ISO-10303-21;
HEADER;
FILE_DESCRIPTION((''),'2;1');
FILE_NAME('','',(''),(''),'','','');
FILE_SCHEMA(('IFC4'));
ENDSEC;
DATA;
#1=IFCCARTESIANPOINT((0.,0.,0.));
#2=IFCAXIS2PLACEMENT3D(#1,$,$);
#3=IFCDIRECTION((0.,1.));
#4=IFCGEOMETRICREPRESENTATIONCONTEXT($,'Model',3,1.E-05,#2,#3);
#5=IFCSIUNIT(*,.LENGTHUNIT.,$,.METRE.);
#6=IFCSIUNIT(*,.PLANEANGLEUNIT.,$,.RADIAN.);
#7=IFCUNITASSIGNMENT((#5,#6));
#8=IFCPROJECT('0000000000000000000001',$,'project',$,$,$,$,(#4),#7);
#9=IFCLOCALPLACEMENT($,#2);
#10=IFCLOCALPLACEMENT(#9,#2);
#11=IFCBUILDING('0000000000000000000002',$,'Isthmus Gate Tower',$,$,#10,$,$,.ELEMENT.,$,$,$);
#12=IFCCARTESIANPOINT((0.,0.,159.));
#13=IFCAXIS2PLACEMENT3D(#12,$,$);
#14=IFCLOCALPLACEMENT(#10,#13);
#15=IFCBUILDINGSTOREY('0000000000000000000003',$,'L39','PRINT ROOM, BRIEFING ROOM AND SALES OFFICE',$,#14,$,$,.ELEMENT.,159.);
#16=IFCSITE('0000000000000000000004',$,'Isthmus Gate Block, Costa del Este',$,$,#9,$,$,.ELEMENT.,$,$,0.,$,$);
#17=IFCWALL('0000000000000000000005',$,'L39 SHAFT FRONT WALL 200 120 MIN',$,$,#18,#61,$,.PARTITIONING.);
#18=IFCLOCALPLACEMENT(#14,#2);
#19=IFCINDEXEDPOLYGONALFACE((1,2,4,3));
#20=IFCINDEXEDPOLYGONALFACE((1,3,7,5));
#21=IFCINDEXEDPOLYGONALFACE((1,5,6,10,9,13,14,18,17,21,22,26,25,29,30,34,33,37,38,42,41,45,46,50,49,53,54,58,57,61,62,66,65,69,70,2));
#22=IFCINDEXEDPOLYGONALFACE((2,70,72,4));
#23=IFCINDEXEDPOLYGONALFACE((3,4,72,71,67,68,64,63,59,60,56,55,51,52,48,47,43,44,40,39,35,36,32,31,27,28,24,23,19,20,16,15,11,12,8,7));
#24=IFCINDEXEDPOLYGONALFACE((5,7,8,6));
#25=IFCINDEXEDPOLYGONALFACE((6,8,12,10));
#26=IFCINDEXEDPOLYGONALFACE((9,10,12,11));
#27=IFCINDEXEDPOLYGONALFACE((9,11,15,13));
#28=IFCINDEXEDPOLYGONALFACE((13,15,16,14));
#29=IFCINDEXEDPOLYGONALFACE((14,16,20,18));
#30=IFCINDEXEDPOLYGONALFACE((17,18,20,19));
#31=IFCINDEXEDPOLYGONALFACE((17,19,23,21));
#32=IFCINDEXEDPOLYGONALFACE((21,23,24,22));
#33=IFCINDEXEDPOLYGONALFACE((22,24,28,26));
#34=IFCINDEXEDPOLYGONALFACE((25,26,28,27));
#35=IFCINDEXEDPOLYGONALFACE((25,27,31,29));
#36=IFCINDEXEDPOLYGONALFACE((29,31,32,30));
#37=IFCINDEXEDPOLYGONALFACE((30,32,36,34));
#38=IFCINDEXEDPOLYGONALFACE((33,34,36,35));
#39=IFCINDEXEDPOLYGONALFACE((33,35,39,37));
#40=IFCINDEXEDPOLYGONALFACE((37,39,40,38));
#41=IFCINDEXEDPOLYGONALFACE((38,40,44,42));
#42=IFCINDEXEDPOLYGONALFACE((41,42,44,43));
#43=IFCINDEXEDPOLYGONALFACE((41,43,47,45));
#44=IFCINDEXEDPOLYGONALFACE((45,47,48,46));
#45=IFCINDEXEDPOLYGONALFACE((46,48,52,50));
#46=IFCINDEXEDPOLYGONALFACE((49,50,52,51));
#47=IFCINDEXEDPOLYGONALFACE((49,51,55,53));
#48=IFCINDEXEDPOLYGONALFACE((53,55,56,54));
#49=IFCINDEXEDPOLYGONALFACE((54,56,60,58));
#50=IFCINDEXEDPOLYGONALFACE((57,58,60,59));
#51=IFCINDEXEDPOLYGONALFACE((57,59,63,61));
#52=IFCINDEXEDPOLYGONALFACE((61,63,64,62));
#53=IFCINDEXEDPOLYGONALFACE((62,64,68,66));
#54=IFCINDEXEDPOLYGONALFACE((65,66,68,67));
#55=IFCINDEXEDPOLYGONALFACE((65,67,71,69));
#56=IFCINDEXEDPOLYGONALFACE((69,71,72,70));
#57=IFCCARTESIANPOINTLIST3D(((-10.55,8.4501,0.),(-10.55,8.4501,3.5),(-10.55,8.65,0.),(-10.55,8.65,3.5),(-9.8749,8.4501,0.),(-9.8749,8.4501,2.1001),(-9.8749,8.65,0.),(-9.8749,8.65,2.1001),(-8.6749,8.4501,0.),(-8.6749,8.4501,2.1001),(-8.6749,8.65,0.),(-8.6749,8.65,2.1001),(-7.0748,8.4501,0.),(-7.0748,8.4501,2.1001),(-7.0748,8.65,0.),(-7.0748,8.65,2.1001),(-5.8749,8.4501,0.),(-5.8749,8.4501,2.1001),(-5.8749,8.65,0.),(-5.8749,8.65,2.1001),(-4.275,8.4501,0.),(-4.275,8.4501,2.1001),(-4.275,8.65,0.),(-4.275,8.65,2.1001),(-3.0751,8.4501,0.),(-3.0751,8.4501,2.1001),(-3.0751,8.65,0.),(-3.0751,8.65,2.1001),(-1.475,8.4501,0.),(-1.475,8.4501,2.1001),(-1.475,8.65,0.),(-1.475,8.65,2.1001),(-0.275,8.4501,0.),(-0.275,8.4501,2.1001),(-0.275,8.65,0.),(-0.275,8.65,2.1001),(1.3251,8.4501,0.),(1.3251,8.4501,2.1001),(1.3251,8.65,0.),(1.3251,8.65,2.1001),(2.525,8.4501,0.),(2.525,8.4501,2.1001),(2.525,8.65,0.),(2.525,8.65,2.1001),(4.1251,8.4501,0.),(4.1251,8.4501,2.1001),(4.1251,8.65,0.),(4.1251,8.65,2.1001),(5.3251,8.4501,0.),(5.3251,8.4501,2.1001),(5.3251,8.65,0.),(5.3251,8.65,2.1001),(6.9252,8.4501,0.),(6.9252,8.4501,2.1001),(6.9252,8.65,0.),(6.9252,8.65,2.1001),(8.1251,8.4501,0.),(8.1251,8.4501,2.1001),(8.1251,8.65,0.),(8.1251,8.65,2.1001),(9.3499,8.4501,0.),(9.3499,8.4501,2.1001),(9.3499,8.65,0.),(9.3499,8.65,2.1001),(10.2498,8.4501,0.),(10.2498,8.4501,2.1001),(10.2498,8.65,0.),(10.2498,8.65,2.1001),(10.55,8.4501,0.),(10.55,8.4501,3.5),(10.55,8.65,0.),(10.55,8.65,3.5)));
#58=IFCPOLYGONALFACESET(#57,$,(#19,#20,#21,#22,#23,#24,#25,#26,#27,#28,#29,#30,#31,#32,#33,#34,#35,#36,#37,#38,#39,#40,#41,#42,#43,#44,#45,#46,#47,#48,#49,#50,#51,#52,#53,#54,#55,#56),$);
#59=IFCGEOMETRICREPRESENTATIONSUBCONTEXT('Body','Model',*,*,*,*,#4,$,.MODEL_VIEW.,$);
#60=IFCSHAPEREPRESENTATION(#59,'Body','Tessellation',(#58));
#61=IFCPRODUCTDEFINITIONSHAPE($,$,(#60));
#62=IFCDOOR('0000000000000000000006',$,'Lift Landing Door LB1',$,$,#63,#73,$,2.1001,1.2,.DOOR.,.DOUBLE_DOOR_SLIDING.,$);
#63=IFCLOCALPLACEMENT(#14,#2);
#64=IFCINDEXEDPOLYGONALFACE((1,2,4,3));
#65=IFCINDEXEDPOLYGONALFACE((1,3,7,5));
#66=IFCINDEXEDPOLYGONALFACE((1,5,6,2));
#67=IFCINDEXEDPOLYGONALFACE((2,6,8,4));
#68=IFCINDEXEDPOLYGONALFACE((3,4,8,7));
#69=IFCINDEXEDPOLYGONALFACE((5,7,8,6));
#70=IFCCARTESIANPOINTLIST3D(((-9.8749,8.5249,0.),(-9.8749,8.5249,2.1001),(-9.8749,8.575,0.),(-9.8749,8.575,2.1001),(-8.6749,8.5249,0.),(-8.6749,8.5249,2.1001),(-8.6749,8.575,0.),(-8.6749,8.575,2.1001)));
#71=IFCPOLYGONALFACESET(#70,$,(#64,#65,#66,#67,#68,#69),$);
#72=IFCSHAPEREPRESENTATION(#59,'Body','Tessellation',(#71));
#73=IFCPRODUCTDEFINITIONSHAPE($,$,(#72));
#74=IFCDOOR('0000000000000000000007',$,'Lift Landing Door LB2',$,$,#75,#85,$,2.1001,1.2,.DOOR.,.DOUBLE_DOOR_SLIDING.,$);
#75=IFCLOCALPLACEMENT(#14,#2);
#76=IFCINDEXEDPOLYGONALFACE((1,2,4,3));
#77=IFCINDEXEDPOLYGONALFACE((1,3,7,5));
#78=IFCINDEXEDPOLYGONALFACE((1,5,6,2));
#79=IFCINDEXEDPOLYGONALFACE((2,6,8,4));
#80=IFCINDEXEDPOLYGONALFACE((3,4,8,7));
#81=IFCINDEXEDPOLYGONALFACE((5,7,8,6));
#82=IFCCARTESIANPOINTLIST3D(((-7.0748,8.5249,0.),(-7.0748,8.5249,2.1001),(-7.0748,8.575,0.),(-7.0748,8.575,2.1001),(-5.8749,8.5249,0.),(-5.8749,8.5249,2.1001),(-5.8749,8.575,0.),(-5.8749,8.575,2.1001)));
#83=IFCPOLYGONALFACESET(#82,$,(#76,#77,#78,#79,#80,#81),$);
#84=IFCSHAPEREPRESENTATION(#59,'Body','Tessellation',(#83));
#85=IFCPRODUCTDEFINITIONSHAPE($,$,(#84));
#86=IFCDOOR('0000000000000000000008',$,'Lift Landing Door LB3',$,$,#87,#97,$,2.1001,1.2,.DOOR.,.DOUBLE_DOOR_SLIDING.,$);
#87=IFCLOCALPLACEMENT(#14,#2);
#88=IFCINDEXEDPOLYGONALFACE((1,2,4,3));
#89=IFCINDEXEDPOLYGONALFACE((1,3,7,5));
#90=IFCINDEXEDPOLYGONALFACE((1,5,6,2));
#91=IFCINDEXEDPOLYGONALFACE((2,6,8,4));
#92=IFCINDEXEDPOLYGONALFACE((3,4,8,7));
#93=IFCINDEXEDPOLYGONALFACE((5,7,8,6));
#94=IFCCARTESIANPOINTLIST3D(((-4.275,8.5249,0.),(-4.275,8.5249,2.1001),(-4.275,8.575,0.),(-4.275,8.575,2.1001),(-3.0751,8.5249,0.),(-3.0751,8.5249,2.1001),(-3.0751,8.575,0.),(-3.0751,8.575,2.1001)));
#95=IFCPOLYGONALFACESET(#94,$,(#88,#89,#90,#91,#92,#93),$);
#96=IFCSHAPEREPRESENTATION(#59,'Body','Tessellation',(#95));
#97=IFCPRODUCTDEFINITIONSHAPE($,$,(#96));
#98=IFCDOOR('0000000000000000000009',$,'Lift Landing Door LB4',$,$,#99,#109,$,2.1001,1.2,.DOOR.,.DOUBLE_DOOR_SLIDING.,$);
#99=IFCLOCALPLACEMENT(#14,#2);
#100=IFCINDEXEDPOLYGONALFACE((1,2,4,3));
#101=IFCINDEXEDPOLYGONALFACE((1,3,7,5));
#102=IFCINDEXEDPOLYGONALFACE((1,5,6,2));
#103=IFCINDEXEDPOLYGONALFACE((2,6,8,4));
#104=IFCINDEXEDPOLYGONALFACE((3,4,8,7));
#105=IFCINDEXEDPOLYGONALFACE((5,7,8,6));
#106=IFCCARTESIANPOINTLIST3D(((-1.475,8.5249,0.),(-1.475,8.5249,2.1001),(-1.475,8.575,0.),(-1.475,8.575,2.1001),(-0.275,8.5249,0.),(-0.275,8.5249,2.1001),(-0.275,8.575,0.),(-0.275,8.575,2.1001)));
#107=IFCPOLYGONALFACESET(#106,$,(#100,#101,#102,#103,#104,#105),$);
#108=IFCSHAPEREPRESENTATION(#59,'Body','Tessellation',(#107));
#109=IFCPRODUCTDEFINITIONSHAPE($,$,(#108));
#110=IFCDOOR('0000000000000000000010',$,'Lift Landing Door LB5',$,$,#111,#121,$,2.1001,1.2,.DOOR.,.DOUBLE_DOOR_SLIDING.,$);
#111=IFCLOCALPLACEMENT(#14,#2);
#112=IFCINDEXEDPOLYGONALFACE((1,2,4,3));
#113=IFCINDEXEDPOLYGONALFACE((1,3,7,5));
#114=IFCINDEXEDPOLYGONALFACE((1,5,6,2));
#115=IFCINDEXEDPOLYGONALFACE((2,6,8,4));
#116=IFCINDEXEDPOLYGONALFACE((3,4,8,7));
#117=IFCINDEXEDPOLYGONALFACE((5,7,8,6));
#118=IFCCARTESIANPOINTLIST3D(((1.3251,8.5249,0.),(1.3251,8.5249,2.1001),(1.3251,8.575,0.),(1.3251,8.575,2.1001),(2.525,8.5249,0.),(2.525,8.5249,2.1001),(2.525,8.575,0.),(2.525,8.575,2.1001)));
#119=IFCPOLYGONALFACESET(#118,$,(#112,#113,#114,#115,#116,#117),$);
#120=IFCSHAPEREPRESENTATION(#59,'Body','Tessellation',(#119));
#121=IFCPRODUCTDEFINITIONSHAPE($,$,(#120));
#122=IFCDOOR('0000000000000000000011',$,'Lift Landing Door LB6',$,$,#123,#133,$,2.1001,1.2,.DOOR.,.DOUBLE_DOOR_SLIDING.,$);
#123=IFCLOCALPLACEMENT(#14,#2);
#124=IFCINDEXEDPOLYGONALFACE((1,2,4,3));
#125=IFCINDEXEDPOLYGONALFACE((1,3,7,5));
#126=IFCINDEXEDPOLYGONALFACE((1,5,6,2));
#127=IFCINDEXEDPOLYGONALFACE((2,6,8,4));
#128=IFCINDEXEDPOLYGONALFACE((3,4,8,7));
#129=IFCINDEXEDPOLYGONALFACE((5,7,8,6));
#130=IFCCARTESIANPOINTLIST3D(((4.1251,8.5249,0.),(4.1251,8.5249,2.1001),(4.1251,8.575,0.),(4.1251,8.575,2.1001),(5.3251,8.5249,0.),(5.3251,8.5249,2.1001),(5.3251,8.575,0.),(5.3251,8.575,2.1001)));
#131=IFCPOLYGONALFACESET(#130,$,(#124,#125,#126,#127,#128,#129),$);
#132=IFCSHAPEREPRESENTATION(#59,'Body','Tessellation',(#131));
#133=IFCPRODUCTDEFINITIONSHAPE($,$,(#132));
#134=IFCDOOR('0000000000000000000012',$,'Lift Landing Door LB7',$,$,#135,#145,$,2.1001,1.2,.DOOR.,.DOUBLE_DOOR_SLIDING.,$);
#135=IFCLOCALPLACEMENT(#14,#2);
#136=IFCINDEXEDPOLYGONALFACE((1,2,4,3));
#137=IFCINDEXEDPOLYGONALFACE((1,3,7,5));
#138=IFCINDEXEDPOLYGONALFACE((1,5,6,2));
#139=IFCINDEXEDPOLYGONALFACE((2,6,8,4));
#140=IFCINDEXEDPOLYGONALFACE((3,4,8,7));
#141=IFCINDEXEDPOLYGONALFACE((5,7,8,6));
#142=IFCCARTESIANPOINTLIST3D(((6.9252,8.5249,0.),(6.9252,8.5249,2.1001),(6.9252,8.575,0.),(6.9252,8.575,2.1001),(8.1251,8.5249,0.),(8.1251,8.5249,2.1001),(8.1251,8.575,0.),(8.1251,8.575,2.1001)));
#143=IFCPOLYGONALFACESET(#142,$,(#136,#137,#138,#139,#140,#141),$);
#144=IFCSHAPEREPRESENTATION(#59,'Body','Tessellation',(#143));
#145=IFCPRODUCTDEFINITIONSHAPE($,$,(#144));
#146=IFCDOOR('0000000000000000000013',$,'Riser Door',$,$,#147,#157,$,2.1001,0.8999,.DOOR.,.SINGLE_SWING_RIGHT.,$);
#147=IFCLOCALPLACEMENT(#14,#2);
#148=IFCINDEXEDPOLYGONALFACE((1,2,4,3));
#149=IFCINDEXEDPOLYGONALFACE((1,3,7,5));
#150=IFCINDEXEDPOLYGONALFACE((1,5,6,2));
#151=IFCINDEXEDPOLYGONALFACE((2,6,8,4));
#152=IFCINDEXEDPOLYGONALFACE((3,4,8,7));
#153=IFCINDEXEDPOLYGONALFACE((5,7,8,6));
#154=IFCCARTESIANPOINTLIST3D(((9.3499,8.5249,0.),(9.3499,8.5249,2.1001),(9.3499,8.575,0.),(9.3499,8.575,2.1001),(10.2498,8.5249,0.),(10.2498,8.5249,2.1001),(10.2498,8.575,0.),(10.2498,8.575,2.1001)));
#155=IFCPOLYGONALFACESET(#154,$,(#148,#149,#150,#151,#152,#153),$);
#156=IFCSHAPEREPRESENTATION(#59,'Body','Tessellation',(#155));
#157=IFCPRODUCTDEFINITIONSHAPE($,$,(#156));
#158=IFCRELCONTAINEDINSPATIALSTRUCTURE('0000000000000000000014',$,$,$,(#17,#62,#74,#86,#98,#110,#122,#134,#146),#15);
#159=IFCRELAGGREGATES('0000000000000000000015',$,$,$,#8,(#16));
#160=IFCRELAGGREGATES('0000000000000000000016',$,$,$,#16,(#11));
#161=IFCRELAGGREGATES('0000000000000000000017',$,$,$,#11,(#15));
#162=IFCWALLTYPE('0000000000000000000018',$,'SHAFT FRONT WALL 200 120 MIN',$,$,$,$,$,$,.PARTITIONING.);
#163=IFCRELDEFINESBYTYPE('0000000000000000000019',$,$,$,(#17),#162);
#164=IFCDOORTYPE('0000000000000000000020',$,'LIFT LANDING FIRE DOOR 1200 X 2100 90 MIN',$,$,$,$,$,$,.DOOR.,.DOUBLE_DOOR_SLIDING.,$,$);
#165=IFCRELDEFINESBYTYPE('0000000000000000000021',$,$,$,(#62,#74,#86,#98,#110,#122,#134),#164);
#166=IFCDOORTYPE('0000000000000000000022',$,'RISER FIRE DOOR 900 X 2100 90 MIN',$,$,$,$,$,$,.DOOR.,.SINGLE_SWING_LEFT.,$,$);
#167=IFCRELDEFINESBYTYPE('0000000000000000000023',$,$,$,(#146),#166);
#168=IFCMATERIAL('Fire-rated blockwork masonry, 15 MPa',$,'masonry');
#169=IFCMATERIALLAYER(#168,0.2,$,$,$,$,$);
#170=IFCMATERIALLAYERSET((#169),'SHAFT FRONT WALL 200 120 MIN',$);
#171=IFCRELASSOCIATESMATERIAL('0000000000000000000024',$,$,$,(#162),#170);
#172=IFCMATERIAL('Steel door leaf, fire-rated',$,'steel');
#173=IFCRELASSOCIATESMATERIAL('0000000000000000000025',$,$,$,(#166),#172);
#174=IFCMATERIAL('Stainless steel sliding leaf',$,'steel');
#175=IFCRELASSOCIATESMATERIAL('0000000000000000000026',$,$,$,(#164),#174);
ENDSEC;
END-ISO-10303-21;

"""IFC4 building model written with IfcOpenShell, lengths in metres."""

from ifc_helpers import new_model, si_unit, direction, frame, frame_2d, origin, place, context, subcontext, project, spatial, rectangle, extrude, material, layer, layer_set, type_object, element, fill, save


model = new_model("IFC4")

# Units and contexts
model_context = context("Model", 3, precision=1e-05, world=origin(), true_north=direction((0.0, 1.0)))
body_context = subcontext(model_context, "Body", "Model", "MODEL_VIEW")
ifc_project = project(units=[si_unit("LENGTHUNIT", "METRE"), si_unit("PLANEANGLEUNIT", "RADIAN")], contexts=[model_context])

# Site, building, storey
site_placement = place(None, origin())
site = spatial("IfcSite", under=ifc_project, at=site_placement, Name="Isthmus Gate Block, Costa del Este", CompositionType="ELEMENT", RefElevation=0.0)
building_placement = place(site_placement, origin())
building = spatial("IfcBuilding", under=site, at=building_placement, Name="Isthmus Gate Tower", CompositionType="ELEMENT")
storey_placement = place(building_placement, frame((0.0, 0.0, 159.0)))
storey = spatial("IfcBuildingStorey", under=building, at=storey_placement, Name="L39", Description="PRINT ROOM, BRIEFING ROOM AND SALES OFFICE", CompositionType="ELEMENT", Elevation=159.0)

# Wall, openings, doors
ifc_material_1 = material(Name="Fire-rated blockwork masonry, 15 MPa", Category="masonry")
ifc_layer_1 = layer(ifc_material_1, 0.2)
ifc_layer_set_1 = layer_set([ifc_layer_1], Name="SHAFT FRONT WALL 200 120 MIN")
wall_type_1 = type_object("IfcWallType", Name="SHAFT FRONT WALL 200 120 MIN", PredefinedType="PARTITIONING", material=ifc_layer_set_1)
ifc_material_2 = material(Name="Steel door leaf, fire-rated", Category="steel")
door_type_1 = type_object("IfcDoorType", Name="RISER FIRE DOOR 900 X 2100 90 MIN", OperationType="SINGLE_SWING_LEFT", PredefinedType="DOOR", material=ifc_material_2)
wall_1_placement = place(storey_placement, frame((-10.55, 8.55, 0.0), z_axis=(0.0, 0.0, 1.0), x_axis=(1.0, 0.0, 0.0)))
wall_1 = element("IfcWall", 1, at=wall_1_placement, inside=storey, type_object=wall_type_1, Name="L39 SHAFT FRONT WALL 200 120 MIN", PredefinedType="PARTITIONING", context=body_context, shape_type="SweptSolid", body=[
    extrude(rectangle(XDim=21.1001, YDim=0.2, at=frame_2d((10.55, 0.0))), origin(), (0.0, 0.0, 1.0), 3.5),
])
opening_1_placement = place(wall_1_placement, frame((0.675, 0.0, 0.0)))
opening_1 = element("IfcOpeningElement", 2, at=opening_1_placement, cuts=wall_1, PredefinedType="OPENING", context=body_context, shape_type="SweptSolid", body=[
    extrude(rectangle(XDim=1.2, YDim=2.1001, at=frame_2d((0.6001, 1.05))), frame((0.0, 0.1099, 0.0), z_axis=(0.0, -1.0, 0.0), x_axis=(1.0, 0.0, 0.0)), (0.0, 0.0, 1.0), 0.22),
])
opening_2_placement = place(wall_1_placement, frame((3.4751, 0.0, 0.0)))
opening_2 = element("IfcOpeningElement", 3, at=opening_2_placement, cuts=wall_1, PredefinedType="OPENING", context=body_context, shape_type="SweptSolid", body=[
    extrude(rectangle(XDim=1.2, YDim=2.1001, at=frame_2d((0.6001, 1.05))), frame((0.0, 0.1099, 0.0), z_axis=(0.0, -1.0, 0.0), x_axis=(1.0, 0.0, 0.0)), (0.0, 0.0, 1.0), 0.22),
])
opening_3_placement = place(wall_1_placement, frame((6.2749, 0.0, 0.0)))
opening_3 = element("IfcOpeningElement", 4, at=opening_3_placement, cuts=wall_1, PredefinedType="OPENING", context=body_context, shape_type="SweptSolid", body=[
    extrude(rectangle(XDim=1.2, YDim=2.1001, at=frame_2d((0.6001, 1.05))), frame((0.0, 0.1099, 0.0), z_axis=(0.0, -1.0, 0.0), x_axis=(1.0, 0.0, 0.0)), (0.0, 0.0, 1.0), 0.22),
])
opening_4_placement = place(wall_1_placement, frame((9.075, 0.0, 0.0)))
opening_4 = element("IfcOpeningElement", 5, at=opening_4_placement, cuts=wall_1, PredefinedType="OPENING", context=body_context, shape_type="SweptSolid", body=[
    extrude(rectangle(XDim=1.2, YDim=2.1001, at=frame_2d((0.6001, 1.05))), frame((0.0, 0.1099, 0.0), z_axis=(0.0, -1.0, 0.0), x_axis=(1.0, 0.0, 0.0)), (0.0, 0.0, 1.0), 0.22),
])
opening_5_placement = place(wall_1_placement, frame((11.875, 0.0, 0.0)))
opening_5 = element("IfcOpeningElement", 6, at=opening_5_placement, cuts=wall_1, PredefinedType="OPENING", context=body_context, shape_type="SweptSolid", body=[
    extrude(rectangle(XDim=1.2, YDim=2.1001, at=frame_2d((0.6001, 1.05))), frame((0.0, 0.1099, 0.0), z_axis=(0.0, -1.0, 0.0), x_axis=(1.0, 0.0, 0.0)), (0.0, 0.0, 1.0), 0.22),
])
opening_6_placement = place(wall_1_placement, frame((14.675, 0.0, 0.0)))
opening_6 = element("IfcOpeningElement", 7, at=opening_6_placement, cuts=wall_1, PredefinedType="OPENING", context=body_context, shape_type="SweptSolid", body=[
    extrude(rectangle(XDim=1.2, YDim=2.1001, at=frame_2d((0.6001, 1.05))), frame((0.0, 0.1099, 0.0), z_axis=(0.0, -1.0, 0.0), x_axis=(1.0, 0.0, 0.0)), (0.0, 0.0, 1.0), 0.22),
])
opening_7_placement = place(wall_1_placement, frame((17.4751, 0.0, 0.0)))
opening_7 = element("IfcOpeningElement", 8, at=opening_7_placement, cuts=wall_1, PredefinedType="OPENING", context=body_context, shape_type="SweptSolid", body=[
    extrude(rectangle(XDim=1.2, YDim=2.1001, at=frame_2d((0.6001, 1.05))), frame((0.0, 0.1099, 0.0), z_axis=(0.0, -1.0, 0.0), x_axis=(1.0, 0.0, 0.0)), (0.0, 0.0, 1.0), 0.22),
])
opening_8_placement = place(wall_1_placement, frame((19.8999, 0.0, 0.0)))
opening_8 = element("IfcOpeningElement", 9, at=opening_8_placement, cuts=wall_1, PredefinedType="OPENING", context=body_context, shape_type="SweptSolid", body=[
    extrude(rectangle(XDim=0.8999, YDim=2.1001, at=frame_2d((0.45, 1.05))), frame((0.0, 0.1099, 0.0), z_axis=(0.0, -1.0, 0.0), x_axis=(1.0, 0.0, 0.0)), (0.0, 0.0, 1.0), 0.22),
])
ifc_material_3 = material(Name="Stainless steel sliding leaf", Category="steel")
door_type_2 = type_object("IfcDoorType", Name="LIFT LANDING FIRE DOOR 1200 X 2100 90 MIN", OperationType="DOUBLE_DOOR_SLIDING", PredefinedType="DOOR", material=ifc_material_3)
door_1_placement = place(opening_1_placement, origin())
door_1 = element("IfcDoor", 10, at=door_1_placement, inside=storey, type_object=door_type_2, Name="Lift Landing Door LB1", OperationType="DOUBLE_DOOR_SLIDING", OverallHeight=2.1001, OverallWidth=1.2, PredefinedType="DOOR", context=body_context, shape_type="SweptSolid", body=[
    extrude(rectangle(XDim=1.2, YDim=2.1001, at=frame_2d((0.6001, 1.05))), frame((0.0, 0.0249, 0.0), z_axis=(0.0, -1.0, 0.0), x_axis=(1.0, 0.0, 0.0)), (0.0, 0.0, 1.0), 0.05),
])
fill(opening_1, door_1)
door_2_placement = place(opening_2_placement, origin())
door_2 = element("IfcDoor", 11, at=door_2_placement, inside=storey, type_object=door_type_2, Name="Lift Landing Door LB2", OperationType="DOUBLE_DOOR_SLIDING", OverallHeight=2.1001, OverallWidth=1.2, PredefinedType="DOOR", context=body_context, shape_type="SweptSolid", body=[
    extrude(rectangle(XDim=1.2, YDim=2.1001, at=frame_2d((0.6001, 1.05))), frame((0.0, 0.0249, 0.0), z_axis=(0.0, -1.0, 0.0), x_axis=(1.0, 0.0, 0.0)), (0.0, 0.0, 1.0), 0.05),
])
fill(opening_2, door_2)
door_3_placement = place(opening_3_placement, origin())
door_3 = element("IfcDoor", 12, at=door_3_placement, inside=storey, type_object=door_type_2, Name="Lift Landing Door LB3", OperationType="DOUBLE_DOOR_SLIDING", OverallHeight=2.1001, OverallWidth=1.2, PredefinedType="DOOR", context=body_context, shape_type="SweptSolid", body=[
    extrude(rectangle(XDim=1.2, YDim=2.1001, at=frame_2d((0.6001, 1.05))), frame((0.0, 0.0249, 0.0), z_axis=(0.0, -1.0, 0.0), x_axis=(1.0, 0.0, 0.0)), (0.0, 0.0, 1.0), 0.05),
])
fill(opening_3, door_3)
door_4_placement = place(opening_4_placement, origin())
door_4 = element("IfcDoor", 13, at=door_4_placement, inside=storey, type_object=door_type_2, Name="Lift Landing Door LB4", OperationType="DOUBLE_DOOR_SLIDING", OverallHeight=2.1001, OverallWidth=1.2, PredefinedType="DOOR", context=body_context, shape_type="SweptSolid", body=[
    extrude(rectangle(XDim=1.2, YDim=2.1001, at=frame_2d((0.6001, 1.05))), frame((0.0, 0.0249, 0.0), z_axis=(0.0, -1.0, 0.0), x_axis=(1.0, 0.0, 0.0)), (0.0, 0.0, 1.0), 0.05),
])
fill(opening_4, door_4)
door_5_placement = place(opening_5_placement, origin())
door_5 = element("IfcDoor", 14, at=door_5_placement, inside=storey, type_object=door_type_2, Name="Lift Landing Door LB5", OperationType="DOUBLE_DOOR_SLIDING", OverallHeight=2.1001, OverallWidth=1.2, PredefinedType="DOOR", context=body_context, shape_type="SweptSolid", body=[
    extrude(rectangle(XDim=1.2, YDim=2.1001, at=frame_2d((0.6001, 1.05))), frame((0.0, 0.0249, 0.0), z_axis=(0.0, -1.0, 0.0), x_axis=(1.0, 0.0, 0.0)), (0.0, 0.0, 1.0), 0.05),
])
fill(opening_5, door_5)
door_6_placement = place(opening_6_placement, origin())
door_6 = element("IfcDoor", 15, at=door_6_placement, inside=storey, type_object=door_type_2, Name="Lift Landing Door LB6", OperationType="DOUBLE_DOOR_SLIDING", OverallHeight=2.1001, OverallWidth=1.2, PredefinedType="DOOR", context=body_context, shape_type="SweptSolid", body=[
    extrude(rectangle(XDim=1.2, YDim=2.1001, at=frame_2d((0.6001, 1.05))), frame((0.0, 0.0249, 0.0), z_axis=(0.0, -1.0, 0.0), x_axis=(1.0, 0.0, 0.0)), (0.0, 0.0, 1.0), 0.05),
])
fill(opening_6, door_6)
door_7_placement = place(opening_7_placement, origin())
door_7 = element("IfcDoor", 16, at=door_7_placement, inside=storey, type_object=door_type_2, Name="Lift Landing Door LB7", OperationType="DOUBLE_DOOR_SLIDING", OverallHeight=2.1001, OverallWidth=1.2, PredefinedType="DOOR", context=body_context, shape_type="SweptSolid", body=[
    extrude(rectangle(XDim=1.2, YDim=2.1001, at=frame_2d((0.6001, 1.05))), frame((0.0, 0.0249, 0.0), z_axis=(0.0, -1.0, 0.0), x_axis=(1.0, 0.0, 0.0)), (0.0, 0.0, 1.0), 0.05),
])
fill(opening_7, door_7)
door_8_placement = place(opening_8_placement, origin())
door_8 = element("IfcDoor", 17, at=door_8_placement, inside=storey, type_object=door_type_1, Name="Riser Door", OperationType="SINGLE_SWING_RIGHT", OverallHeight=2.1001, OverallWidth=0.8999, PredefinedType="DOOR", context=body_context, shape_type="SweptSolid", body=[
    extrude(rectangle(XDim=0.8999, YDim=2.1001, at=frame_2d((0.45, 1.05))), frame((0.0, 0.0249, 0.0), z_axis=(0.0, -1.0, 0.0), x_axis=(1.0, 0.0, 0.0)), (0.0, 0.0, 1.0), 0.05),
])
fill(opening_8, door_8)

save(model, "model.ifc")
